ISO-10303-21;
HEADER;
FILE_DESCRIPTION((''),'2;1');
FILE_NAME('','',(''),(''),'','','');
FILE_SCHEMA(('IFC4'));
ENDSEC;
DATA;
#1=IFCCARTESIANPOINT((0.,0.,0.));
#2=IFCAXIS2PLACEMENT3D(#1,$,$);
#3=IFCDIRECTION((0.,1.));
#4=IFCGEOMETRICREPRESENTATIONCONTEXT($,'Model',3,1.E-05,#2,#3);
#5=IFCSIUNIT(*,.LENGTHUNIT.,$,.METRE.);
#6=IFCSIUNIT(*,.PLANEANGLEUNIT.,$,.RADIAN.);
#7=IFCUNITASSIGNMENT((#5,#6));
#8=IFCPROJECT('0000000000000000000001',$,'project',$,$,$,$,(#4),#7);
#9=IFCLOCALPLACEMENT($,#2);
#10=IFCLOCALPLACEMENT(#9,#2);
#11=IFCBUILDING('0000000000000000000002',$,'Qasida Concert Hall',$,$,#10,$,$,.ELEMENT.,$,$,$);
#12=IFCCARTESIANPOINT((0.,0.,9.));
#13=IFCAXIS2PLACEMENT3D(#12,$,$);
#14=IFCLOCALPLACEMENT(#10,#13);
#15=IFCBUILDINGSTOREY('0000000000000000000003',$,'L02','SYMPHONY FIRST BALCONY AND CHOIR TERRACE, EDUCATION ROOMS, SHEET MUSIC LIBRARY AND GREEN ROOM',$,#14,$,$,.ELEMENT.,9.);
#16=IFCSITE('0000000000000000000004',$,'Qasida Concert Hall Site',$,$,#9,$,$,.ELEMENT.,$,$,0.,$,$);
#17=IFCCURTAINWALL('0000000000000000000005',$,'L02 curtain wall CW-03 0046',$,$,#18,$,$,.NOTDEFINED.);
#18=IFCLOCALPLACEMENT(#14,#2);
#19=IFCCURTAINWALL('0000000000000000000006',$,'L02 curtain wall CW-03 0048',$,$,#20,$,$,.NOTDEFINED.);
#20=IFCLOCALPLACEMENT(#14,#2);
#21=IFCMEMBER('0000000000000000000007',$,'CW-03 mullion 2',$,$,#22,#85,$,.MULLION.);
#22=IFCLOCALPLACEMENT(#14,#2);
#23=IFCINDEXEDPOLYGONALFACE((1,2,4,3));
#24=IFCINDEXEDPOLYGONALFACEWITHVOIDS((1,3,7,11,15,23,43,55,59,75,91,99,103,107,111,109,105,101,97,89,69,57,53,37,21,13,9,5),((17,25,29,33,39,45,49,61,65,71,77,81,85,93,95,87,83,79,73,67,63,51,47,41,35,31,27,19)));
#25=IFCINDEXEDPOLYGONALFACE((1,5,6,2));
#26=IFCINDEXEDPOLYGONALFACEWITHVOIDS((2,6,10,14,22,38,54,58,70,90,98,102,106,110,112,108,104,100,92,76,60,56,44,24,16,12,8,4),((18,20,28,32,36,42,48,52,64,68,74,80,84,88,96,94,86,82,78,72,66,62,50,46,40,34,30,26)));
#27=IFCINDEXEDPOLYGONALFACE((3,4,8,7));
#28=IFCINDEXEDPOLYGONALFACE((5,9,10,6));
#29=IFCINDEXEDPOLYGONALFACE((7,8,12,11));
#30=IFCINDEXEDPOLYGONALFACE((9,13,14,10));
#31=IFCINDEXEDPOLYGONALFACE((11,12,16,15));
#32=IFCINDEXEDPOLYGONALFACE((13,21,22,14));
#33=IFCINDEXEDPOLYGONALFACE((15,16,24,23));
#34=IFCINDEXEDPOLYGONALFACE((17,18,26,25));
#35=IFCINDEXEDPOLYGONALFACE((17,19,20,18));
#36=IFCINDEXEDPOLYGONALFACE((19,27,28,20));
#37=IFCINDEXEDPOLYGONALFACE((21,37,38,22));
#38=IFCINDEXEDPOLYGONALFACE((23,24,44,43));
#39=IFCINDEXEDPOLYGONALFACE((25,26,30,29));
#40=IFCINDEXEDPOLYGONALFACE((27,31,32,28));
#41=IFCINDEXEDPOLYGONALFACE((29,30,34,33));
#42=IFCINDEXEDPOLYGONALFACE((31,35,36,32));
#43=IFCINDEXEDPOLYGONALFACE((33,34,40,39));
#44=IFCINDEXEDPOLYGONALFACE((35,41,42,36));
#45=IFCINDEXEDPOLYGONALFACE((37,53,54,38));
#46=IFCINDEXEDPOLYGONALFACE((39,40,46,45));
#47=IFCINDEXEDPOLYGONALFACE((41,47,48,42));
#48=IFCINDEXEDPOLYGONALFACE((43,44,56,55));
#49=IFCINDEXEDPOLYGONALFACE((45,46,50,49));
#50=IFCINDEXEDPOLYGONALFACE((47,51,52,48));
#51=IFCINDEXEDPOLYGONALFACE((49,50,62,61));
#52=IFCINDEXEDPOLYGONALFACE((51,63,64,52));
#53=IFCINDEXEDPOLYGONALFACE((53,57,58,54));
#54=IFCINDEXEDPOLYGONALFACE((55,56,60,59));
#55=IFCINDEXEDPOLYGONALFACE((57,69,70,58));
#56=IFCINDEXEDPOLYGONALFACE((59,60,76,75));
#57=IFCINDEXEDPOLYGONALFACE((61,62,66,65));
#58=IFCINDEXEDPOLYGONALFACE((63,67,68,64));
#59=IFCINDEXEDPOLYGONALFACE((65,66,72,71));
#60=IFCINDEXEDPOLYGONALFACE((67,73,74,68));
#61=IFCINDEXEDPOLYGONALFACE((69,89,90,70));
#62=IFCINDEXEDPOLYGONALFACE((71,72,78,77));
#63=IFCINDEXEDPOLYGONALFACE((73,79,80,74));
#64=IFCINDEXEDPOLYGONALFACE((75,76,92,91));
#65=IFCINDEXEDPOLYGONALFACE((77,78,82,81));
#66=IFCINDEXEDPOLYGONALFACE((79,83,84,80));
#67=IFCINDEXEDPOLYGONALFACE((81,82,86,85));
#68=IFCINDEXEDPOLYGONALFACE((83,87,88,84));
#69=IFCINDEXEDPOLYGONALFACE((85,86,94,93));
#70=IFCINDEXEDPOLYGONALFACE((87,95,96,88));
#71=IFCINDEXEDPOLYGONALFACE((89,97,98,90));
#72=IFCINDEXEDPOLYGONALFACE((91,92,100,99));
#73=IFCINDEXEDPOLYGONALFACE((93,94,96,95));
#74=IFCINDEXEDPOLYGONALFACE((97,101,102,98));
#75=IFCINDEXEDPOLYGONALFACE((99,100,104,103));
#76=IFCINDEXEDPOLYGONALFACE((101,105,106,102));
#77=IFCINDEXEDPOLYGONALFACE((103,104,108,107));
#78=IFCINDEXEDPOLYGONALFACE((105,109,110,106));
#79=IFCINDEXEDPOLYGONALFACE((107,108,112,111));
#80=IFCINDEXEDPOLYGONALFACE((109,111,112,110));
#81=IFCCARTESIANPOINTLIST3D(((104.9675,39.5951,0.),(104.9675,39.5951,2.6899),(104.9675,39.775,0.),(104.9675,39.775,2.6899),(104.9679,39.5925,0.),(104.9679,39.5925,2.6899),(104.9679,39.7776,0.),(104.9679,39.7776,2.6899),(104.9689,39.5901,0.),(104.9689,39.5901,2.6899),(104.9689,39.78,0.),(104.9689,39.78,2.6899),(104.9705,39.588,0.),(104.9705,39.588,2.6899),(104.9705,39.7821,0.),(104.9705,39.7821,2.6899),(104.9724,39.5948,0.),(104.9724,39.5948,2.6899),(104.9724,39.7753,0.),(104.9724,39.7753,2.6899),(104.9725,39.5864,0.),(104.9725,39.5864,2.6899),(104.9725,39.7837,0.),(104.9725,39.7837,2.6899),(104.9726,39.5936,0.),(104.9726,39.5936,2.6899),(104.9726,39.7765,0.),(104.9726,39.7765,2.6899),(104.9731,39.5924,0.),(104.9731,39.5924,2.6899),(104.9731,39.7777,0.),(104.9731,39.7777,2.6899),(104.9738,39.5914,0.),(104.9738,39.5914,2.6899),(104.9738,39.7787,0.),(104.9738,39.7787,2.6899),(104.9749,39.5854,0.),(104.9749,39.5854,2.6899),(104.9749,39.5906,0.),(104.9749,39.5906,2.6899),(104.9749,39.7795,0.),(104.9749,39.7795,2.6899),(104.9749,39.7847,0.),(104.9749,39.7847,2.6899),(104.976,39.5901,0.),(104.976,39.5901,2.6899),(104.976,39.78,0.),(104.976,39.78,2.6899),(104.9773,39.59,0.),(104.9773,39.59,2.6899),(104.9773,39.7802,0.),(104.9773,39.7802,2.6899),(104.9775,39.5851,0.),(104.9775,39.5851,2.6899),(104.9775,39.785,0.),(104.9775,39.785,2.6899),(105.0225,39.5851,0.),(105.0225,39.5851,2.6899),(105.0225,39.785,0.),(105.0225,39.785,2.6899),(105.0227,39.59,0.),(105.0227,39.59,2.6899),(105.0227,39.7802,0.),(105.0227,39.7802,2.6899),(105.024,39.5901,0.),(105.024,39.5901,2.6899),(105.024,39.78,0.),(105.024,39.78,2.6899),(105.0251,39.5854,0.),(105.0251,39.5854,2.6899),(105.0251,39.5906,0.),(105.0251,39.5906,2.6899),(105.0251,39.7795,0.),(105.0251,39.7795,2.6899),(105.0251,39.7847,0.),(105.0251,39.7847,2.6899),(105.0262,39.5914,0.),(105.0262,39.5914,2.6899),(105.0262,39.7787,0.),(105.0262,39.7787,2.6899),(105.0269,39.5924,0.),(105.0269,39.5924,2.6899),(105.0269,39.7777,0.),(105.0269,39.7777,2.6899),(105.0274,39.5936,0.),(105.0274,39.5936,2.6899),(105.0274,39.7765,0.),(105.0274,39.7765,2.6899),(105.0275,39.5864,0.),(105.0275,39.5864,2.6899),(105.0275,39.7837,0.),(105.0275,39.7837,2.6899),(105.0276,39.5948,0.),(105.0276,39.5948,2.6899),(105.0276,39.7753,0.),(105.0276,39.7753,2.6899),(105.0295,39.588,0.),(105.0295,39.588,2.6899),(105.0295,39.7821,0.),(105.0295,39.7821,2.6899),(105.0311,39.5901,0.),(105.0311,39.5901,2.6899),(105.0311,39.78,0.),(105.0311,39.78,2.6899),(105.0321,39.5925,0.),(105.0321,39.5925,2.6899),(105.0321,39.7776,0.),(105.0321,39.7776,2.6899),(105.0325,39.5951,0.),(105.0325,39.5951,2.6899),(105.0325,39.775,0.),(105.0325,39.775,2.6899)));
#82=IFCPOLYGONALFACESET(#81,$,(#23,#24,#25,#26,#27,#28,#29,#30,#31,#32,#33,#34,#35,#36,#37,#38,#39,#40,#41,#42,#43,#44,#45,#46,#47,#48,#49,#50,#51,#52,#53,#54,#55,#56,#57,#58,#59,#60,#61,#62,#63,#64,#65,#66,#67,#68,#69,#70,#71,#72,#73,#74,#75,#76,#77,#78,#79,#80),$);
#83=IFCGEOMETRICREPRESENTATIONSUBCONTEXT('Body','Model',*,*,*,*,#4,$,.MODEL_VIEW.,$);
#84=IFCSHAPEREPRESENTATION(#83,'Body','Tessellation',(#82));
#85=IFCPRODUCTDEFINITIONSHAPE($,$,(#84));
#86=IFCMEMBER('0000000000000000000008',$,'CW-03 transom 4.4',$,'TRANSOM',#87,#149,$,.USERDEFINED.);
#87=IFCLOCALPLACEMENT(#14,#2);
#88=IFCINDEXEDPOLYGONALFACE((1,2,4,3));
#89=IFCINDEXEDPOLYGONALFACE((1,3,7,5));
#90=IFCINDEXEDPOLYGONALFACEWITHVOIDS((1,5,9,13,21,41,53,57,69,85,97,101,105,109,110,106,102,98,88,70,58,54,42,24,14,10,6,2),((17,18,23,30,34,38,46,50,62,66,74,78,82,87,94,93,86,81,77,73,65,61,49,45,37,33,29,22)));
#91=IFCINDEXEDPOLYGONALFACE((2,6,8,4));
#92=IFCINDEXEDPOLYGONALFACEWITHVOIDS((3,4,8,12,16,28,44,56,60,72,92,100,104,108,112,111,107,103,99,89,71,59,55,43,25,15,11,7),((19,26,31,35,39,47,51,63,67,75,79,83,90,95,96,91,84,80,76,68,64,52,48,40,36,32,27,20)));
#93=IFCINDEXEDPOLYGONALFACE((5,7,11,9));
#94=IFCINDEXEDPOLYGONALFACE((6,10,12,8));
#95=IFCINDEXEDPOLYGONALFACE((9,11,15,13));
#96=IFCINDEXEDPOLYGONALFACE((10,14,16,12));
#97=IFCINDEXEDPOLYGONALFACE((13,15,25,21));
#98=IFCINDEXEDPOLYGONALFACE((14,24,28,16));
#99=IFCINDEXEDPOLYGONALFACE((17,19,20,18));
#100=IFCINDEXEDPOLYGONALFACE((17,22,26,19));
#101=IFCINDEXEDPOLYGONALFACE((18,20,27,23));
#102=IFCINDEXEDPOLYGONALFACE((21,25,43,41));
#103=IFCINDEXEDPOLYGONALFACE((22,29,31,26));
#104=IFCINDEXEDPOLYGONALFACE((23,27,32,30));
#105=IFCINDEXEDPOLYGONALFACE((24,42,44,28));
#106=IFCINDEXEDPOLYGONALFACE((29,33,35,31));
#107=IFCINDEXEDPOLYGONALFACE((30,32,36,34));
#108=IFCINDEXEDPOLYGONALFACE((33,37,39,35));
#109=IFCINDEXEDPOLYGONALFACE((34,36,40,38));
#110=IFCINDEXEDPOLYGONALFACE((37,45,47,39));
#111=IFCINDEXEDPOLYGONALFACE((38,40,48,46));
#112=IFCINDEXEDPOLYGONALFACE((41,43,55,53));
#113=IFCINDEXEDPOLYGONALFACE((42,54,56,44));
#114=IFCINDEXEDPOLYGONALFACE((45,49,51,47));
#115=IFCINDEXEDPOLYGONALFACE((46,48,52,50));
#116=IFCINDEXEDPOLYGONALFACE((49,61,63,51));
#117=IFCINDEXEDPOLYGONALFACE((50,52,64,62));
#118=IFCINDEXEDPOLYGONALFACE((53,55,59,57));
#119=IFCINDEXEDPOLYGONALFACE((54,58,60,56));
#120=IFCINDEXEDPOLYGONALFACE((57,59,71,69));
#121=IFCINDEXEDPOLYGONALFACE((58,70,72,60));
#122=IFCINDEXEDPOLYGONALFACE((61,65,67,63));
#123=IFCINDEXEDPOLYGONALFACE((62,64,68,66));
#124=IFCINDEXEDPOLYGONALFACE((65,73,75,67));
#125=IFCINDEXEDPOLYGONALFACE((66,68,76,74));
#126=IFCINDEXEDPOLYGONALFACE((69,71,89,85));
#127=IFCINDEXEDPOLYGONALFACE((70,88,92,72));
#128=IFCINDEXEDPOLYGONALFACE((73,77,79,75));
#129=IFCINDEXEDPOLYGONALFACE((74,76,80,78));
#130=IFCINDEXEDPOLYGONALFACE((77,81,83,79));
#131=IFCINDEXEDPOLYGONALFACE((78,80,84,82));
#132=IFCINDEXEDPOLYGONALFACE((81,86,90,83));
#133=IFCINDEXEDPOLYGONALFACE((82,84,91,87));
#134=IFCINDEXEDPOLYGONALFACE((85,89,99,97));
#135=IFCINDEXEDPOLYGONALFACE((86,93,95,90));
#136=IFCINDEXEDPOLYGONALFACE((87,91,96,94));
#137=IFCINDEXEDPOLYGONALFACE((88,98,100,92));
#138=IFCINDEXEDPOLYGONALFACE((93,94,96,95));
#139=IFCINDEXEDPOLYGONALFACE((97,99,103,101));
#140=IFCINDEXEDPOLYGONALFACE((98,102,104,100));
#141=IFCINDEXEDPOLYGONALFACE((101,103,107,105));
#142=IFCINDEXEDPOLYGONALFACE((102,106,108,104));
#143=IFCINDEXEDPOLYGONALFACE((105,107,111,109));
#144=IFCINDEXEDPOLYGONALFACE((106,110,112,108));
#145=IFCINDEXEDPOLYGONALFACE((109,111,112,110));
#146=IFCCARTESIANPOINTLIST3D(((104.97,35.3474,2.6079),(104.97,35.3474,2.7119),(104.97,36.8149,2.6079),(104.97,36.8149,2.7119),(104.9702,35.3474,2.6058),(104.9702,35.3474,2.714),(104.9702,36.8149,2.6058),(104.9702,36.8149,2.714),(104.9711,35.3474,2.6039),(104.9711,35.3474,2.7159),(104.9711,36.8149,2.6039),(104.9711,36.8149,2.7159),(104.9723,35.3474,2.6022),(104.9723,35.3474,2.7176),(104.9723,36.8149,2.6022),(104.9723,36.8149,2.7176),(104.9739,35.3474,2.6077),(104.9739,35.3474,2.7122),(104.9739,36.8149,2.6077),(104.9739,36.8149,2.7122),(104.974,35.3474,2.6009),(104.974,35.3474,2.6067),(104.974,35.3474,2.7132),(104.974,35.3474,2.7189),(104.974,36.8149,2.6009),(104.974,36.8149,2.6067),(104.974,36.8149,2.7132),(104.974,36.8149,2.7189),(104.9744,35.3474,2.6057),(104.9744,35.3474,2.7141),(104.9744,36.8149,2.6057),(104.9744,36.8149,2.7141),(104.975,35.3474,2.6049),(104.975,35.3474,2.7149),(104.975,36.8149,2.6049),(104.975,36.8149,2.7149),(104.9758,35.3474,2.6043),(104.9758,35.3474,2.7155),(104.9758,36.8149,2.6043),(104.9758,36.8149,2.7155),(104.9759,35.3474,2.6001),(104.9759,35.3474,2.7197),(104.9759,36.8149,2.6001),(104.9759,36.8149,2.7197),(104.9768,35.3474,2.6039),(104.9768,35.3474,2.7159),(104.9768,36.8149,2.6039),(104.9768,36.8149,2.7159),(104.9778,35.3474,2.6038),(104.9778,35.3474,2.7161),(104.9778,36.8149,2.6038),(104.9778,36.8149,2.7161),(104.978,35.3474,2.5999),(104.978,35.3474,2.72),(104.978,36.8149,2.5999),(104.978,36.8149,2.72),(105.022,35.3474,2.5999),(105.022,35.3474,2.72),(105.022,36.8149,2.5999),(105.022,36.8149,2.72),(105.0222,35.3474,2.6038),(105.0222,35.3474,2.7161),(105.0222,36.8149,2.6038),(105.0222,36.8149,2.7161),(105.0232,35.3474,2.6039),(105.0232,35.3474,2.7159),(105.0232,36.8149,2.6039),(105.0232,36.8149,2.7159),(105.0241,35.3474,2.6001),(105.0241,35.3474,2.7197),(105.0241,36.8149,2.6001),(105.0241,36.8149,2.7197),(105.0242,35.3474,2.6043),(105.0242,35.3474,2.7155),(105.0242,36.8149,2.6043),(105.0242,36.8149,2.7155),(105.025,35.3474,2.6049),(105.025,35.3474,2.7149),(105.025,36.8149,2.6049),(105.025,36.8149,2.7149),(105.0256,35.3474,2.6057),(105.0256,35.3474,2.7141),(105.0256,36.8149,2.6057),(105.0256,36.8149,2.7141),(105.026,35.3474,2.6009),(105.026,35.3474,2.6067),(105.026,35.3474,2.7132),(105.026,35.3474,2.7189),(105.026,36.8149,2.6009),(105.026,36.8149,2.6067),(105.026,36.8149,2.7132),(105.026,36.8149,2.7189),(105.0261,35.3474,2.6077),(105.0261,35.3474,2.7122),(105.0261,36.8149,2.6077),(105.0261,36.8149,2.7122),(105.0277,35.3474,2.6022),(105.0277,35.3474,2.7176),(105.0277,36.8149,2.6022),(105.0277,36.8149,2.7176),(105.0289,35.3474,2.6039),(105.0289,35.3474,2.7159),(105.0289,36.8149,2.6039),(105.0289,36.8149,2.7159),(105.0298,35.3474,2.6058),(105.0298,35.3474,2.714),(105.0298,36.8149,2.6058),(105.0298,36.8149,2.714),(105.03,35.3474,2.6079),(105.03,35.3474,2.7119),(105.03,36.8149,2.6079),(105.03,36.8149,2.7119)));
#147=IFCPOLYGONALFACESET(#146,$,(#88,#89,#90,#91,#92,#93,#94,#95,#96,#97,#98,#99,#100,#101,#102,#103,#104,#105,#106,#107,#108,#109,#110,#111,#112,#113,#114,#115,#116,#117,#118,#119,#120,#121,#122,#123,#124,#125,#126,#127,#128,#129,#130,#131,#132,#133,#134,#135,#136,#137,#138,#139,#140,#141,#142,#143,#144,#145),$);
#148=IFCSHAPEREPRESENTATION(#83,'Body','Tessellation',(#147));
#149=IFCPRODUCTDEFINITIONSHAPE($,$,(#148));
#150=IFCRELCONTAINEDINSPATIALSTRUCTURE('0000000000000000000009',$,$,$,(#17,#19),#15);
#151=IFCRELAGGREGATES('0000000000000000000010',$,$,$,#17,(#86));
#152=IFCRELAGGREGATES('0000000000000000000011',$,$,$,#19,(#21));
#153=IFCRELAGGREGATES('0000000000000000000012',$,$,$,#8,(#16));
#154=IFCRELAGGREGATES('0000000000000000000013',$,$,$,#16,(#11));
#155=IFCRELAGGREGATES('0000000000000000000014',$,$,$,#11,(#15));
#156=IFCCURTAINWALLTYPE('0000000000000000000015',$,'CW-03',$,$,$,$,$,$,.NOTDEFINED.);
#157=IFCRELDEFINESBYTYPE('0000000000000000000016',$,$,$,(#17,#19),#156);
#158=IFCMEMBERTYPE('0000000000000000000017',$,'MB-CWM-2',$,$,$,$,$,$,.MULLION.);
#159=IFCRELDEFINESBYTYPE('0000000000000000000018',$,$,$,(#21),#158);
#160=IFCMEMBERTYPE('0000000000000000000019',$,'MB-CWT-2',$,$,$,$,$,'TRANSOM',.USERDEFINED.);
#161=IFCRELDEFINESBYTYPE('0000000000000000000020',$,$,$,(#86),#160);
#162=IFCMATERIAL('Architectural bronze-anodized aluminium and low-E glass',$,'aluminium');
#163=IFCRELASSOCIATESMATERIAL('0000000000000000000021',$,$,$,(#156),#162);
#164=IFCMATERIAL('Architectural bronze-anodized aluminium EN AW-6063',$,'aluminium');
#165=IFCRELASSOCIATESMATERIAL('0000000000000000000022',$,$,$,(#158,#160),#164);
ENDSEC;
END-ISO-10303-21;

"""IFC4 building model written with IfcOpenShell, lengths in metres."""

from ifc_helpers import new_model, si_unit, direction, frame, origin, origin_2d, place, context, subcontext, project, spatial, hollow_rectangle, extrude, material, material_profile, profile_set, type_object, element, aggregate, save


model = new_model("IFC4")

# Units and contexts
model_context = context("Model", 3, precision=1e-05, world=origin(), true_north=direction((0.0, 1.0)))
body_context = subcontext(model_context, "Body", "Model", "MODEL_VIEW")
ifc_project = project(units=[si_unit("LENGTHUNIT", "METRE"), si_unit("PLANEANGLEUNIT", "RADIAN")], contexts=[model_context])

# Site, building, storey
site_placement = place(None, origin())
site = spatial("IfcSite", under=ifc_project, at=site_placement, Name="Qasida Concert Hall Site", CompositionType="ELEMENT", RefElevation=0.0)
building_placement = place(site_placement, origin())
building = spatial("IfcBuilding", under=site, at=building_placement, Name="Qasida Concert Hall", CompositionType="ELEMENT")
storey_placement = place(building_placement, frame((0.0, 0.0, 9.0)))
storey = spatial("IfcBuildingStorey", under=building, at=storey_placement, Name="L02", Description="SYMPHONY FIRST BALCONY AND CHOIR TERRACE, EDUCATION ROOMS, SHEET MUSIC LIBRARY AND GREEN ROOM", CompositionType="ELEMENT", Elevation=9.0)

# Curtain wall
ifc_material_1 = material(Name="Architectural bronze-anodized aluminium and low-E glass", Category="aluminium")
curtain_wall_type = type_object("IfcCurtainWallType", Name="CW-03", PredefinedType="NOTDEFINED", material=ifc_material_1)
curtain_wall_1_placement = place(storey_placement, origin())
curtain_wall_1 = element("IfcCurtainWall", 1, at=curtain_wall_1_placement, inside=storey, type_object=curtain_wall_type, Name="L02 curtain wall CW-03 0046", PredefinedType="NOTDEFINED")
ifc_material_2 = material(Name="Architectural bronze-anodized aluminium EN AW-6063", Category="aluminium")
ifc_material_profile_1 = material_profile(ifc_material_2, hollow_rectangle(XDim=0.0649, YDim=0.2, WallThickness=0.0049, InnerFilletRadius=0.0049, OuterFilletRadius=0.01, at=origin_2d()), Name="CWM 200x65x5")
ifc_profile_set_1 = profile_set([ifc_material_profile_1], Name="Architectural bronze-anodized aluminium EN AW-6063")
member_type_1 = type_object("IfcMemberType", Name="MB-CWM-2", PredefinedType="MULLION", material=ifc_profile_set_1)

# Curtain wall, member
curtain_wall_2_placement = place(storey_placement, origin())
curtain_wall_2 = element("IfcCurtainWall", 2, at=curtain_wall_2_placement, inside=storey, type_object=curtain_wall_type, Name="L02 curtain wall CW-03 0048", PredefinedType="NOTDEFINED")
member_1_placement = place(storey_placement, frame((105.0, 39.6851, 0.0), z_axis=(0.0, 0.0, 1.0), x_axis=(-1.0, 0.0, 0.0)))
member_1 = element("IfcMember", 3, at=member_1_placement, type_object=member_type_1, Name="CW-03 mullion 2", PredefinedType="MULLION", context=body_context, shape_type="SweptSolid", body=[
    extrude(hollow_rectangle(XDim=0.0649, YDim=0.2, WallThickness=0.0049, InnerFilletRadius=0.0049, OuterFilletRadius=0.01, at=origin_2d()), origin(), (0.0, 0.0, 1.0), 2.6899),
])

# Member
ifc_material_profile_2 = material_profile(ifc_material_2, hollow_rectangle(XDim=0.0601, YDim=0.1201, WallThickness=0.0039, InnerFilletRadius=0.0039, OuterFilletRadius=0.0081, at=origin_2d()), Name="CWT 120x60x4")
ifc_profile_set_2 = profile_set([ifc_material_profile_2], Name="Architectural bronze-anodized aluminium EN AW-6063")
member_type_2 = type_object("IfcMemberType", Name="MB-CWT-2", ElementType="TRANSOM", PredefinedType="USERDEFINED", material=ifc_profile_set_2)
member_2_placement = place(storey_placement, frame((105.0, 35.3474, 2.6599), z_axis=(0.0, 1.0, 0.0), x_axis=(-1.0, 0.0, 0.0)))
member_2 = element("IfcMember", 4, at=member_2_placement, type_object=member_type_2, Name="CW-03 transom 4.4", ObjectType="TRANSOM", PredefinedType="USERDEFINED", context=body_context, shape_type="SweptSolid", body=[
    extrude(hollow_rectangle(XDim=0.0601, YDim=0.1201, WallThickness=0.0039, InnerFilletRadius=0.0039, OuterFilletRadius=0.0081, at=origin_2d()), origin(), (0.0, 0.0, 1.0), 1.4675),
])

aggregate(curtain_wall_1, [member_2])
aggregate(curtain_wall_2, [member_1])

save(model, "model.ifc")
